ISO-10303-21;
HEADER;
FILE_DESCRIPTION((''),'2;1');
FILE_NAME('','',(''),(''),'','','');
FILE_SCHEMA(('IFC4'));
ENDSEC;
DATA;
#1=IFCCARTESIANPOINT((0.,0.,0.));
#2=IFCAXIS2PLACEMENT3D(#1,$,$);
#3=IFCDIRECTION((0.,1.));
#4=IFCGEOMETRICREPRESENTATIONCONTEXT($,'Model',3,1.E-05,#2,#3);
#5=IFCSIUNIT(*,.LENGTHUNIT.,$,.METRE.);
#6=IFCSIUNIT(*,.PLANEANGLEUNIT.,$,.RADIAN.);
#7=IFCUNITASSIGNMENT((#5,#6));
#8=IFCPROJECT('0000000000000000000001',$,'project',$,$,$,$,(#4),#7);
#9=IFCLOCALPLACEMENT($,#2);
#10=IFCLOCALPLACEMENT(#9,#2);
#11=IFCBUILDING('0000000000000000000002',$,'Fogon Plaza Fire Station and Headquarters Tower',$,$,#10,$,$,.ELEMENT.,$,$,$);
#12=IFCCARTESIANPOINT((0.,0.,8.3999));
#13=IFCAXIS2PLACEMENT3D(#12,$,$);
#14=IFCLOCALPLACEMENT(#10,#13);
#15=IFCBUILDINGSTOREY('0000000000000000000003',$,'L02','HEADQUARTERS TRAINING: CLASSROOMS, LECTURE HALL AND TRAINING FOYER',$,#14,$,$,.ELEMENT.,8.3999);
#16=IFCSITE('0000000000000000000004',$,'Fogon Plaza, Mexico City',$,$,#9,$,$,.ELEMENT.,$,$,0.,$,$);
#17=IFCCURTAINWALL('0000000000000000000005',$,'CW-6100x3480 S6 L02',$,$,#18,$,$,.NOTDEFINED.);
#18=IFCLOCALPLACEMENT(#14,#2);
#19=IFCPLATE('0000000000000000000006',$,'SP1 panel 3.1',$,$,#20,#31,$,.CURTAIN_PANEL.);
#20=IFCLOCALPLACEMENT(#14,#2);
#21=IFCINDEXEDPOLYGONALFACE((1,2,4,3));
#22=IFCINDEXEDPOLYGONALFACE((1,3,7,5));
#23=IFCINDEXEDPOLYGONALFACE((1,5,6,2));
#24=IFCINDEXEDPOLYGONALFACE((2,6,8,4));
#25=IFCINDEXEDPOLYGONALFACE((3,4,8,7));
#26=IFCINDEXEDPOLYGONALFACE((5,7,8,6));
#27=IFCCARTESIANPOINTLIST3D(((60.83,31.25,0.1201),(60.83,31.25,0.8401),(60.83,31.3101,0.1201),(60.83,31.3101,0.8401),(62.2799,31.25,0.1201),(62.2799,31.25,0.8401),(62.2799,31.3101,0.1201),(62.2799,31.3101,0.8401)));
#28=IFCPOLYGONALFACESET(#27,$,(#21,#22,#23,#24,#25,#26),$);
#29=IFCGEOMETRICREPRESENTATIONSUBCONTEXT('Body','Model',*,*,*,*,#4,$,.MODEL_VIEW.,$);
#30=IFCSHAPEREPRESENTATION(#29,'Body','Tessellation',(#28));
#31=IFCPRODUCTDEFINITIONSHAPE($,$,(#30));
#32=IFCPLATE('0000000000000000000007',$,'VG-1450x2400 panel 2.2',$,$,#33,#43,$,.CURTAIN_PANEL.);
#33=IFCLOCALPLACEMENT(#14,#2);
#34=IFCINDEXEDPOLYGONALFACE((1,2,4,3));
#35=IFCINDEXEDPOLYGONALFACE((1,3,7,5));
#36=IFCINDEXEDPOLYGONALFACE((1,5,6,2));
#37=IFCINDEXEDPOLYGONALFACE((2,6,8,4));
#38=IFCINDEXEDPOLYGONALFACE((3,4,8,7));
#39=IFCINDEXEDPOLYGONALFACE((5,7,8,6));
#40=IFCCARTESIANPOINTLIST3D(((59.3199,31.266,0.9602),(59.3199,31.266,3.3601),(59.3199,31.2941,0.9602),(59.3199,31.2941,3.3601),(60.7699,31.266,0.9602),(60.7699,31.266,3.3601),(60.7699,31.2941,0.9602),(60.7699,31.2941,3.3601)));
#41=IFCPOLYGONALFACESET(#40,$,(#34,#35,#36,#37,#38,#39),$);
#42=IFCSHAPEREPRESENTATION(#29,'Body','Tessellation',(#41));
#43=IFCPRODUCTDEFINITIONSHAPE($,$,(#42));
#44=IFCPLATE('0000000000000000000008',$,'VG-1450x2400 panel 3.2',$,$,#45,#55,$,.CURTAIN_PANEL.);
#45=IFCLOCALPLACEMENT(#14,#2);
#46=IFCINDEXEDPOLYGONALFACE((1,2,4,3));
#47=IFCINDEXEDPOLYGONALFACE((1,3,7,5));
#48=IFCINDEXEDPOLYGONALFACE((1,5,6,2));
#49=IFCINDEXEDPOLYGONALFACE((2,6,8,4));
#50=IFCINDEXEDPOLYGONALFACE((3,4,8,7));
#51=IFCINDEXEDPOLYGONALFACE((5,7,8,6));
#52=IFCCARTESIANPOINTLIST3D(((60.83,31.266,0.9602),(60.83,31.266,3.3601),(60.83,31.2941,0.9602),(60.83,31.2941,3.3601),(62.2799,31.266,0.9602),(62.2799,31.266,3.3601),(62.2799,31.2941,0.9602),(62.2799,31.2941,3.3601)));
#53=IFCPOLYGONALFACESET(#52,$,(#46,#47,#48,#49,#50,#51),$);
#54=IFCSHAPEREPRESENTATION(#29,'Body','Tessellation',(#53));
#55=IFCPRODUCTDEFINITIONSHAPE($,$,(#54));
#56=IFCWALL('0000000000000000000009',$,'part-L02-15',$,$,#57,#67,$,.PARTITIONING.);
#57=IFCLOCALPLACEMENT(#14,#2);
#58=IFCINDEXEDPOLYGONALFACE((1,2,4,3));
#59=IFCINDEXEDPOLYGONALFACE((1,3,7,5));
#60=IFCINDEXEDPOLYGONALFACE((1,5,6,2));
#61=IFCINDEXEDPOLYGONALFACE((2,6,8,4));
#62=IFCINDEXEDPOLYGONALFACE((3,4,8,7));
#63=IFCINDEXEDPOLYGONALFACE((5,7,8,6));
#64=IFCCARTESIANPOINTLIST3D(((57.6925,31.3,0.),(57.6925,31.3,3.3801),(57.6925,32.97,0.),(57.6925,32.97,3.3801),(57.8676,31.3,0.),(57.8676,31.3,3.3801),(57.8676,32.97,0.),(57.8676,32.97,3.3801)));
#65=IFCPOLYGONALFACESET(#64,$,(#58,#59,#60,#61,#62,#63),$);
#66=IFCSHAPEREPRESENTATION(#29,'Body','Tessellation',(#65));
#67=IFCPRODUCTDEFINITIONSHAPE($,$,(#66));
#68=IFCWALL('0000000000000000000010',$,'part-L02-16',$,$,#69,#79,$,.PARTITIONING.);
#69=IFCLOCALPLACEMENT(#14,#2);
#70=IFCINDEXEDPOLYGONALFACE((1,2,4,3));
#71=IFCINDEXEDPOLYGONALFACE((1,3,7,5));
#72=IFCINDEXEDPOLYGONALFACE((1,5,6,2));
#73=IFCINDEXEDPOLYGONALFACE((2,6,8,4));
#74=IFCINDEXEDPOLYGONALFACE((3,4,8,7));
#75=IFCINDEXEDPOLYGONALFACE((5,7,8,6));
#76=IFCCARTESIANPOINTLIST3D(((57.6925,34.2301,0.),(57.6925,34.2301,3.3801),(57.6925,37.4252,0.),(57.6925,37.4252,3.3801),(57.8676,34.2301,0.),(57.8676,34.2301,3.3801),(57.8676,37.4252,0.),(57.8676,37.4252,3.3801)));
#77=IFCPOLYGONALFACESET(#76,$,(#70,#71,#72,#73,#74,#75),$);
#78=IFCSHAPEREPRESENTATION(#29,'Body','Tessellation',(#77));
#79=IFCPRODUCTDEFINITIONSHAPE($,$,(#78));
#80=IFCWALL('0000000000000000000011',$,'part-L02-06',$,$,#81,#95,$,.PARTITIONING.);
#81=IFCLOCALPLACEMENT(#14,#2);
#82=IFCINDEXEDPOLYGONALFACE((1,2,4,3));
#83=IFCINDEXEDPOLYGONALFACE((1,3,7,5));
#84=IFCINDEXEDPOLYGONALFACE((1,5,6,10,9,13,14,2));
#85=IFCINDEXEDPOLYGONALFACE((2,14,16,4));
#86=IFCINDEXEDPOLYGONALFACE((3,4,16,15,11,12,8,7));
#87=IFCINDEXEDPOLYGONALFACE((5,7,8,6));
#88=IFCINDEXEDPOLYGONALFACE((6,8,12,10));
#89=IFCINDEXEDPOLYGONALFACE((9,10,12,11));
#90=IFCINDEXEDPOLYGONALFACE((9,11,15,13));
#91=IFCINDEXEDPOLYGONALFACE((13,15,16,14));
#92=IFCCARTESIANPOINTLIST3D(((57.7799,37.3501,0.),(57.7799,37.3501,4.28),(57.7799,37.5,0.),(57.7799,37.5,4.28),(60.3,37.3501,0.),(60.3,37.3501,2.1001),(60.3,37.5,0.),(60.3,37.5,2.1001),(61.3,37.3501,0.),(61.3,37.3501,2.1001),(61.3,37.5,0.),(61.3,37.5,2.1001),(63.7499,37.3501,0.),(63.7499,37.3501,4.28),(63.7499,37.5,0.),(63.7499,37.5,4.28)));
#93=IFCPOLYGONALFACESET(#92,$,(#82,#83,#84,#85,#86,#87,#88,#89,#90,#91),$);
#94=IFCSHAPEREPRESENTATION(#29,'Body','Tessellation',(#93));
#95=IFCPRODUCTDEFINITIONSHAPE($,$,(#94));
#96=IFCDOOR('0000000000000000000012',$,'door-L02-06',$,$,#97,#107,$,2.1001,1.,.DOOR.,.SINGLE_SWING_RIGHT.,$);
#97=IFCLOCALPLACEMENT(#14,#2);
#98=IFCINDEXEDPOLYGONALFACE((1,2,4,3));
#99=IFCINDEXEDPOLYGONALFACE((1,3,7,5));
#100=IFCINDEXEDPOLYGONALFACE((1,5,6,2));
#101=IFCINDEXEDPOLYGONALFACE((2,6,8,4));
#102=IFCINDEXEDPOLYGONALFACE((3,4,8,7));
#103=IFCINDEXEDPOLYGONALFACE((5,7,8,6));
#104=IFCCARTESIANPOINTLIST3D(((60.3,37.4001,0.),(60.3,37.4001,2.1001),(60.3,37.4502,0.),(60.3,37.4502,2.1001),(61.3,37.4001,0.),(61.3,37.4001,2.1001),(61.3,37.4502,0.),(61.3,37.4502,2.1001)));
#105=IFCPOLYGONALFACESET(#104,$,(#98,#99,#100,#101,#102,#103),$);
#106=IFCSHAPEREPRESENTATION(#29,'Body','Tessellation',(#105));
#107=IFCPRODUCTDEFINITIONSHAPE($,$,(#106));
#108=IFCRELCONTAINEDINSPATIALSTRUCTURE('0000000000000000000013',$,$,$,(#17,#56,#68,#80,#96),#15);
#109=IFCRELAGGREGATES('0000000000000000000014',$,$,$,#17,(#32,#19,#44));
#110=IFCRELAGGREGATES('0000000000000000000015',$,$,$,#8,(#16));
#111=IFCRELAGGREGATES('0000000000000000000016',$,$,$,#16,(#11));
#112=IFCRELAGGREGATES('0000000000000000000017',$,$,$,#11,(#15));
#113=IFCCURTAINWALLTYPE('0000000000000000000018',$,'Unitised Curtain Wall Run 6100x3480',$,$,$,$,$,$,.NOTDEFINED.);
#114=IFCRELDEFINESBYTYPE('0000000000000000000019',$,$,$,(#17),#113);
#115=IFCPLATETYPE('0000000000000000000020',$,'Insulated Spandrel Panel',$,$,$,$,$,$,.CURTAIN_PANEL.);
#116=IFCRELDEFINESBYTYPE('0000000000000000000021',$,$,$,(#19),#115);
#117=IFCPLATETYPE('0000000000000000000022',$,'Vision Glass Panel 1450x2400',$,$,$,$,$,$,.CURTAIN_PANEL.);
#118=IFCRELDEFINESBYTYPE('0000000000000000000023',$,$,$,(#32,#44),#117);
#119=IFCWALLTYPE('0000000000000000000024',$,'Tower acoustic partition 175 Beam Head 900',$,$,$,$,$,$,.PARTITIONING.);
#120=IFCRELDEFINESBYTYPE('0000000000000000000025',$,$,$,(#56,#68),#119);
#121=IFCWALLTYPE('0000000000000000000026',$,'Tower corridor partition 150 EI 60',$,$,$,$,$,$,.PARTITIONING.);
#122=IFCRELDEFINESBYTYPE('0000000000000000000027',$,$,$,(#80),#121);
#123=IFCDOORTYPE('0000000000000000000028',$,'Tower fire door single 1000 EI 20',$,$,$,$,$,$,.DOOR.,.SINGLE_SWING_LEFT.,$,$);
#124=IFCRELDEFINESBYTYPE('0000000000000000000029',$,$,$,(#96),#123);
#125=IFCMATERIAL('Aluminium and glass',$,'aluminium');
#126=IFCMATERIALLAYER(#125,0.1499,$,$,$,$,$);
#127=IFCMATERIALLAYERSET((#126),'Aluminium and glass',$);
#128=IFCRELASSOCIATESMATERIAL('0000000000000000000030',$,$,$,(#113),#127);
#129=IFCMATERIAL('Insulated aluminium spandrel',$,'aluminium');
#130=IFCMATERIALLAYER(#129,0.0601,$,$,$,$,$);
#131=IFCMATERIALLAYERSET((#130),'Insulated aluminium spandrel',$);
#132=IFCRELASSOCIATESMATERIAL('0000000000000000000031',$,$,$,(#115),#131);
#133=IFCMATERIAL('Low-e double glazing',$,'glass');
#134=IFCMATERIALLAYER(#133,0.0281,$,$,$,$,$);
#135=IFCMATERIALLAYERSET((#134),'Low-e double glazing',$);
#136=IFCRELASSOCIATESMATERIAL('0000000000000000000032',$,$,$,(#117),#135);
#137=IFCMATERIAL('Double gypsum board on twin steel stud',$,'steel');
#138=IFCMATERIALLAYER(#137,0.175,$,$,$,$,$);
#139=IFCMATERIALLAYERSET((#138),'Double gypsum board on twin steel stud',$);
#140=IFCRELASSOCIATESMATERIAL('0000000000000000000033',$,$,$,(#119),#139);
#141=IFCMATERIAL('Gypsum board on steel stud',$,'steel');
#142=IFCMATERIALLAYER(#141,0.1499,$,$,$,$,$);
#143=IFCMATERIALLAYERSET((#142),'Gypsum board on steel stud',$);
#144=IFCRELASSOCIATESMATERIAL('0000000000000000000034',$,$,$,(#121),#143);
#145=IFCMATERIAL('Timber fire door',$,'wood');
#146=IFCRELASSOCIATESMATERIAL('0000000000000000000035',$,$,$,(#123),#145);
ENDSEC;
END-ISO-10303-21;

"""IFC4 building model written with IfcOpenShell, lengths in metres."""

from ifc_helpers import new_model, si_unit, direction, frame, frame_2d, origin, origin_2d, place, context, subcontext, project, spatial, rectangle, extrude, material, layer, layer_set, type_object, element, fill, aggregate, save


model = new_model("IFC4")

# Units and contexts
model_context = context("Model", 3, precision=1e-05, world=origin(), true_north=direction((0.0, 1.0)))
body_context = subcontext(model_context, "Body", "Model", "MODEL_VIEW")
ifc_project = project(units=[si_unit("LENGTHUNIT", "METRE"), si_unit("PLANEANGLEUNIT", "RADIAN")], contexts=[model_context])

# Site, building, storey
site_placement = place(None, origin())
site = spatial("IfcSite", under=ifc_project, at=site_placement, Name="Fogon Plaza, Mexico City", CompositionType="ELEMENT", RefElevation=0.0)
building_placement = place(site_placement, origin())
building = spatial("IfcBuilding", under=site, at=building_placement, Name="Fogon Plaza Fire Station and Headquarters Tower", CompositionType="ELEMENT")
storey_placement = place(building_placement, frame((0.0, 0.0, 8.3999)))
storey = spatial("IfcBuildingStorey", under=building, at=storey_placement, Name="L02", Description="HEADQUARTERS TRAINING: CLASSROOMS, LECTURE HALL AND TRAINING FOYER", CompositionType="ELEMENT", Elevation=8.3999)

# Curtain wall
ifc_material_1 = material(Name="Aluminium and glass", Category="aluminium")
ifc_layer_1 = layer(ifc_material_1, 0.1499)
ifc_layer_set_1 = layer_set([ifc_layer_1], Name="Aluminium and glass")
curtain_wall_type = type_object("IfcCurtainWallType", Name="Unitised Curtain Wall Run 6100x3480", PredefinedType="NOTDEFINED", material=ifc_layer_set_1)
curtain_wall_placement = place(storey_placement, origin())
curtain_wall = element("IfcCurtainWall", 1, at=curtain_wall_placement, inside=storey, type_object=curtain_wall_type, Name="CW-6100x3480 S6 L02", PredefinedType="NOTDEFINED")

# Plates
ifc_material_2 = material(Name="Insulated aluminium spandrel", Category="aluminium")
ifc_layer_2 = layer(ifc_material_2, 0.0601)
ifc_layer_set_2 = layer_set([ifc_layer_2], Name="Insulated aluminium spandrel")
plate_type_1 = type_object("IfcPlateType", Name="Insulated Spandrel Panel", PredefinedType="CURTAIN_PANEL", material=ifc_layer_set_2)
plate_1_placement = place(storey_placement, frame((61.5549, 31.28, 0.1201), z_axis=(0.0, 0.0, 1.0), x_axis=(1.0, 0.0, 0.0)))
plate_1 = element("IfcPlate", 2, at=plate_1_placement, type_object=plate_type_1, Name="SP1 panel 3.1", PredefinedType="CURTAIN_PANEL", context=body_context, shape_type="SweptSolid", body=[
    extrude(rectangle(XDim=1.45, YDim=0.0601, at=origin_2d()), origin(), (0.0, 0.0, 1.0), 0.72),
])
ifc_material_3 = material(Name="Low-e double glazing", Category="glass")
ifc_layer_3 = layer(ifc_material_3, 0.0281)
ifc_layer_set_3 = layer_set([ifc_layer_3], Name="Low-e double glazing")
plate_type_2 = type_object("IfcPlateType", Name="Vision Glass Panel 1450x2400", PredefinedType="CURTAIN_PANEL", material=ifc_layer_set_3)
plate_2_placement = place(storey_placement, frame((60.0449, 31.28, 0.9602), z_axis=(0.0, 0.0, 1.0), x_axis=(1.0, 0.0, 0.0)))
plate_2 = element("IfcPlate", 3, at=plate_2_placement, type_object=plate_type_2, Name="VG-1450x2400 panel 2.2", PredefinedType="CURTAIN_PANEL", context=body_context, shape_type="SweptSolid", body=[
    extrude(rectangle(XDim=1.45, YDim=0.0281, at=origin_2d()), origin(), (0.0, 0.0, 1.0), 2.3999),
])
plate_3_placement = place(storey_placement, frame((61.5549, 31.28, 0.9602), z_axis=(0.0, 0.0, 1.0), x_axis=(1.0, 0.0, 0.0)))
plate_3 = element("IfcPlate", 4, at=plate_3_placement, type_object=plate_type_2, Name="VG-1450x2400 panel 3.2", PredefinedType="CURTAIN_PANEL", context=body_context, shape_type="SweptSolid", body=[
    extrude(rectangle(XDim=1.45, YDim=0.0281, at=origin_2d()), origin(), (0.0, 0.0, 1.0), 2.3999),
])
aggregate(curtain_wall, [plate_2, plate_1, plate_3])

# Walls
ifc_material_4 = material(Name="Double gypsum board on twin steel stud", Category="steel")
ifc_layer_4 = layer(ifc_material_4, 0.175)
ifc_layer_set_4 = layer_set([ifc_layer_4], Name="Double gypsum board on twin steel stud")
wall_type_1 = type_object("IfcWallType", Name="Tower acoustic partition 175 Beam Head 900", PredefinedType="PARTITIONING", material=ifc_layer_set_4)
wall_1_placement = place(storey_placement, frame((57.78, 31.3, 0.0), z_axis=(0.0, 0.0, 1.0), x_axis=(0.0, 1.0, 0.0)))
element("IfcWall", 5, at=wall_1_placement, inside=storey, type_object=wall_type_1, Name="part-L02-15", PredefinedType="PARTITIONING", context=body_context, shape_type="SweptSolid", body=[
    extrude(rectangle(XDim=1.6699, YDim=0.175, at=frame_2d((0.835, 0.0))), origin(), (0.0, 0.0, 1.0), 3.3801),
])
wall_2_placement = place(storey_placement, frame((57.78, 34.23, 0.0), z_axis=(0.0, 0.0, 1.0), x_axis=(0.0, 1.0, 0.0)))
element("IfcWall", 6, at=wall_2_placement, inside=storey, type_object=wall_type_1, Name="part-L02-16", PredefinedType="PARTITIONING", context=body_context, shape_type="SweptSolid", body=[
    extrude(rectangle(XDim=3.1951, YDim=0.175, at=frame_2d((1.5977, 0.0))), origin(), (0.0, 0.0, 1.0), 3.3801),
])

# Wall, opening, door
ifc_material_5 = material(Name="Gypsum board on steel stud", Category="steel")
ifc_layer_5 = layer(ifc_material_5, 0.1499)
ifc_layer_set_5 = layer_set([ifc_layer_5], Name="Gypsum board on steel stud")
wall_type_2 = type_object("IfcWallType", Name="Tower corridor partition 150 EI 60", PredefinedType="PARTITIONING", material=ifc_layer_set_5)
wall_3_placement = place(storey_placement, frame((57.78, 37.425, 0.0), z_axis=(0.0, 0.0, 1.0), x_axis=(1.0, 0.0, 0.0)))
wall_3 = element("IfcWall", 7, at=wall_3_placement, inside=storey, type_object=wall_type_2, Name="part-L02-06", PredefinedType="PARTITIONING", context=body_context, shape_type="SweptSolid", body=[
    extrude(rectangle(XDim=5.97, YDim=0.1499, at=frame_2d((2.9849, 0.0))), origin(), (0.0, 0.0, 1.0), 4.28),
])
opening_placement = place(wall_3_placement, frame((2.52, 0.0, 0.0)))
opening = element("IfcOpeningElement", 8, at=opening_placement, cuts=wall_3, PredefinedType="OPENING", context=body_context, shape_type="SweptSolid", body=[
    extrude(rectangle(XDim=1.0, YDim=2.1001, at=frame_2d((0.5, 1.05))), frame((0.0, 0.085, 0.0), z_axis=(0.0, -1.0, 0.0), x_axis=(1.0, 0.0, 0.0)), (0.0, 0.0, 1.0), 0.1699),
])
ifc_material_6 = material(Name="Timber fire door", Category="wood")
door_type = type_object("IfcDoorType", Name="Tower fire door single 1000 EI 20", OperationType="SINGLE_SWING_LEFT", PredefinedType="DOOR", material=ifc_material_6)
door_placement = place(opening_placement, frame((1.0, 0.0, 0.0), z_axis=(0.0, 0.0, 1.0), x_axis=(-1.0, 0.0, 0.0)))
door = element("IfcDoor", 9, at=door_placement, inside=storey, type_object=door_type, Name="door-L02-06", OperationType="SINGLE_SWING_RIGHT", OverallHeight=2.1001, OverallWidth=1.0, PredefinedType="DOOR", context=body_context, shape_type="SweptSolid", body=[
    extrude(rectangle(XDim=1.0, YDim=2.1001, at=frame_2d((0.5, 1.05))), frame((0.0, 0.0249, 0.0), z_axis=(0.0, -1.0, 0.0), x_axis=(1.0, 0.0, 0.0)), (0.0, 0.0, 1.0), 0.05),
])
fill(opening, door)

save(model, "model.ifc")
